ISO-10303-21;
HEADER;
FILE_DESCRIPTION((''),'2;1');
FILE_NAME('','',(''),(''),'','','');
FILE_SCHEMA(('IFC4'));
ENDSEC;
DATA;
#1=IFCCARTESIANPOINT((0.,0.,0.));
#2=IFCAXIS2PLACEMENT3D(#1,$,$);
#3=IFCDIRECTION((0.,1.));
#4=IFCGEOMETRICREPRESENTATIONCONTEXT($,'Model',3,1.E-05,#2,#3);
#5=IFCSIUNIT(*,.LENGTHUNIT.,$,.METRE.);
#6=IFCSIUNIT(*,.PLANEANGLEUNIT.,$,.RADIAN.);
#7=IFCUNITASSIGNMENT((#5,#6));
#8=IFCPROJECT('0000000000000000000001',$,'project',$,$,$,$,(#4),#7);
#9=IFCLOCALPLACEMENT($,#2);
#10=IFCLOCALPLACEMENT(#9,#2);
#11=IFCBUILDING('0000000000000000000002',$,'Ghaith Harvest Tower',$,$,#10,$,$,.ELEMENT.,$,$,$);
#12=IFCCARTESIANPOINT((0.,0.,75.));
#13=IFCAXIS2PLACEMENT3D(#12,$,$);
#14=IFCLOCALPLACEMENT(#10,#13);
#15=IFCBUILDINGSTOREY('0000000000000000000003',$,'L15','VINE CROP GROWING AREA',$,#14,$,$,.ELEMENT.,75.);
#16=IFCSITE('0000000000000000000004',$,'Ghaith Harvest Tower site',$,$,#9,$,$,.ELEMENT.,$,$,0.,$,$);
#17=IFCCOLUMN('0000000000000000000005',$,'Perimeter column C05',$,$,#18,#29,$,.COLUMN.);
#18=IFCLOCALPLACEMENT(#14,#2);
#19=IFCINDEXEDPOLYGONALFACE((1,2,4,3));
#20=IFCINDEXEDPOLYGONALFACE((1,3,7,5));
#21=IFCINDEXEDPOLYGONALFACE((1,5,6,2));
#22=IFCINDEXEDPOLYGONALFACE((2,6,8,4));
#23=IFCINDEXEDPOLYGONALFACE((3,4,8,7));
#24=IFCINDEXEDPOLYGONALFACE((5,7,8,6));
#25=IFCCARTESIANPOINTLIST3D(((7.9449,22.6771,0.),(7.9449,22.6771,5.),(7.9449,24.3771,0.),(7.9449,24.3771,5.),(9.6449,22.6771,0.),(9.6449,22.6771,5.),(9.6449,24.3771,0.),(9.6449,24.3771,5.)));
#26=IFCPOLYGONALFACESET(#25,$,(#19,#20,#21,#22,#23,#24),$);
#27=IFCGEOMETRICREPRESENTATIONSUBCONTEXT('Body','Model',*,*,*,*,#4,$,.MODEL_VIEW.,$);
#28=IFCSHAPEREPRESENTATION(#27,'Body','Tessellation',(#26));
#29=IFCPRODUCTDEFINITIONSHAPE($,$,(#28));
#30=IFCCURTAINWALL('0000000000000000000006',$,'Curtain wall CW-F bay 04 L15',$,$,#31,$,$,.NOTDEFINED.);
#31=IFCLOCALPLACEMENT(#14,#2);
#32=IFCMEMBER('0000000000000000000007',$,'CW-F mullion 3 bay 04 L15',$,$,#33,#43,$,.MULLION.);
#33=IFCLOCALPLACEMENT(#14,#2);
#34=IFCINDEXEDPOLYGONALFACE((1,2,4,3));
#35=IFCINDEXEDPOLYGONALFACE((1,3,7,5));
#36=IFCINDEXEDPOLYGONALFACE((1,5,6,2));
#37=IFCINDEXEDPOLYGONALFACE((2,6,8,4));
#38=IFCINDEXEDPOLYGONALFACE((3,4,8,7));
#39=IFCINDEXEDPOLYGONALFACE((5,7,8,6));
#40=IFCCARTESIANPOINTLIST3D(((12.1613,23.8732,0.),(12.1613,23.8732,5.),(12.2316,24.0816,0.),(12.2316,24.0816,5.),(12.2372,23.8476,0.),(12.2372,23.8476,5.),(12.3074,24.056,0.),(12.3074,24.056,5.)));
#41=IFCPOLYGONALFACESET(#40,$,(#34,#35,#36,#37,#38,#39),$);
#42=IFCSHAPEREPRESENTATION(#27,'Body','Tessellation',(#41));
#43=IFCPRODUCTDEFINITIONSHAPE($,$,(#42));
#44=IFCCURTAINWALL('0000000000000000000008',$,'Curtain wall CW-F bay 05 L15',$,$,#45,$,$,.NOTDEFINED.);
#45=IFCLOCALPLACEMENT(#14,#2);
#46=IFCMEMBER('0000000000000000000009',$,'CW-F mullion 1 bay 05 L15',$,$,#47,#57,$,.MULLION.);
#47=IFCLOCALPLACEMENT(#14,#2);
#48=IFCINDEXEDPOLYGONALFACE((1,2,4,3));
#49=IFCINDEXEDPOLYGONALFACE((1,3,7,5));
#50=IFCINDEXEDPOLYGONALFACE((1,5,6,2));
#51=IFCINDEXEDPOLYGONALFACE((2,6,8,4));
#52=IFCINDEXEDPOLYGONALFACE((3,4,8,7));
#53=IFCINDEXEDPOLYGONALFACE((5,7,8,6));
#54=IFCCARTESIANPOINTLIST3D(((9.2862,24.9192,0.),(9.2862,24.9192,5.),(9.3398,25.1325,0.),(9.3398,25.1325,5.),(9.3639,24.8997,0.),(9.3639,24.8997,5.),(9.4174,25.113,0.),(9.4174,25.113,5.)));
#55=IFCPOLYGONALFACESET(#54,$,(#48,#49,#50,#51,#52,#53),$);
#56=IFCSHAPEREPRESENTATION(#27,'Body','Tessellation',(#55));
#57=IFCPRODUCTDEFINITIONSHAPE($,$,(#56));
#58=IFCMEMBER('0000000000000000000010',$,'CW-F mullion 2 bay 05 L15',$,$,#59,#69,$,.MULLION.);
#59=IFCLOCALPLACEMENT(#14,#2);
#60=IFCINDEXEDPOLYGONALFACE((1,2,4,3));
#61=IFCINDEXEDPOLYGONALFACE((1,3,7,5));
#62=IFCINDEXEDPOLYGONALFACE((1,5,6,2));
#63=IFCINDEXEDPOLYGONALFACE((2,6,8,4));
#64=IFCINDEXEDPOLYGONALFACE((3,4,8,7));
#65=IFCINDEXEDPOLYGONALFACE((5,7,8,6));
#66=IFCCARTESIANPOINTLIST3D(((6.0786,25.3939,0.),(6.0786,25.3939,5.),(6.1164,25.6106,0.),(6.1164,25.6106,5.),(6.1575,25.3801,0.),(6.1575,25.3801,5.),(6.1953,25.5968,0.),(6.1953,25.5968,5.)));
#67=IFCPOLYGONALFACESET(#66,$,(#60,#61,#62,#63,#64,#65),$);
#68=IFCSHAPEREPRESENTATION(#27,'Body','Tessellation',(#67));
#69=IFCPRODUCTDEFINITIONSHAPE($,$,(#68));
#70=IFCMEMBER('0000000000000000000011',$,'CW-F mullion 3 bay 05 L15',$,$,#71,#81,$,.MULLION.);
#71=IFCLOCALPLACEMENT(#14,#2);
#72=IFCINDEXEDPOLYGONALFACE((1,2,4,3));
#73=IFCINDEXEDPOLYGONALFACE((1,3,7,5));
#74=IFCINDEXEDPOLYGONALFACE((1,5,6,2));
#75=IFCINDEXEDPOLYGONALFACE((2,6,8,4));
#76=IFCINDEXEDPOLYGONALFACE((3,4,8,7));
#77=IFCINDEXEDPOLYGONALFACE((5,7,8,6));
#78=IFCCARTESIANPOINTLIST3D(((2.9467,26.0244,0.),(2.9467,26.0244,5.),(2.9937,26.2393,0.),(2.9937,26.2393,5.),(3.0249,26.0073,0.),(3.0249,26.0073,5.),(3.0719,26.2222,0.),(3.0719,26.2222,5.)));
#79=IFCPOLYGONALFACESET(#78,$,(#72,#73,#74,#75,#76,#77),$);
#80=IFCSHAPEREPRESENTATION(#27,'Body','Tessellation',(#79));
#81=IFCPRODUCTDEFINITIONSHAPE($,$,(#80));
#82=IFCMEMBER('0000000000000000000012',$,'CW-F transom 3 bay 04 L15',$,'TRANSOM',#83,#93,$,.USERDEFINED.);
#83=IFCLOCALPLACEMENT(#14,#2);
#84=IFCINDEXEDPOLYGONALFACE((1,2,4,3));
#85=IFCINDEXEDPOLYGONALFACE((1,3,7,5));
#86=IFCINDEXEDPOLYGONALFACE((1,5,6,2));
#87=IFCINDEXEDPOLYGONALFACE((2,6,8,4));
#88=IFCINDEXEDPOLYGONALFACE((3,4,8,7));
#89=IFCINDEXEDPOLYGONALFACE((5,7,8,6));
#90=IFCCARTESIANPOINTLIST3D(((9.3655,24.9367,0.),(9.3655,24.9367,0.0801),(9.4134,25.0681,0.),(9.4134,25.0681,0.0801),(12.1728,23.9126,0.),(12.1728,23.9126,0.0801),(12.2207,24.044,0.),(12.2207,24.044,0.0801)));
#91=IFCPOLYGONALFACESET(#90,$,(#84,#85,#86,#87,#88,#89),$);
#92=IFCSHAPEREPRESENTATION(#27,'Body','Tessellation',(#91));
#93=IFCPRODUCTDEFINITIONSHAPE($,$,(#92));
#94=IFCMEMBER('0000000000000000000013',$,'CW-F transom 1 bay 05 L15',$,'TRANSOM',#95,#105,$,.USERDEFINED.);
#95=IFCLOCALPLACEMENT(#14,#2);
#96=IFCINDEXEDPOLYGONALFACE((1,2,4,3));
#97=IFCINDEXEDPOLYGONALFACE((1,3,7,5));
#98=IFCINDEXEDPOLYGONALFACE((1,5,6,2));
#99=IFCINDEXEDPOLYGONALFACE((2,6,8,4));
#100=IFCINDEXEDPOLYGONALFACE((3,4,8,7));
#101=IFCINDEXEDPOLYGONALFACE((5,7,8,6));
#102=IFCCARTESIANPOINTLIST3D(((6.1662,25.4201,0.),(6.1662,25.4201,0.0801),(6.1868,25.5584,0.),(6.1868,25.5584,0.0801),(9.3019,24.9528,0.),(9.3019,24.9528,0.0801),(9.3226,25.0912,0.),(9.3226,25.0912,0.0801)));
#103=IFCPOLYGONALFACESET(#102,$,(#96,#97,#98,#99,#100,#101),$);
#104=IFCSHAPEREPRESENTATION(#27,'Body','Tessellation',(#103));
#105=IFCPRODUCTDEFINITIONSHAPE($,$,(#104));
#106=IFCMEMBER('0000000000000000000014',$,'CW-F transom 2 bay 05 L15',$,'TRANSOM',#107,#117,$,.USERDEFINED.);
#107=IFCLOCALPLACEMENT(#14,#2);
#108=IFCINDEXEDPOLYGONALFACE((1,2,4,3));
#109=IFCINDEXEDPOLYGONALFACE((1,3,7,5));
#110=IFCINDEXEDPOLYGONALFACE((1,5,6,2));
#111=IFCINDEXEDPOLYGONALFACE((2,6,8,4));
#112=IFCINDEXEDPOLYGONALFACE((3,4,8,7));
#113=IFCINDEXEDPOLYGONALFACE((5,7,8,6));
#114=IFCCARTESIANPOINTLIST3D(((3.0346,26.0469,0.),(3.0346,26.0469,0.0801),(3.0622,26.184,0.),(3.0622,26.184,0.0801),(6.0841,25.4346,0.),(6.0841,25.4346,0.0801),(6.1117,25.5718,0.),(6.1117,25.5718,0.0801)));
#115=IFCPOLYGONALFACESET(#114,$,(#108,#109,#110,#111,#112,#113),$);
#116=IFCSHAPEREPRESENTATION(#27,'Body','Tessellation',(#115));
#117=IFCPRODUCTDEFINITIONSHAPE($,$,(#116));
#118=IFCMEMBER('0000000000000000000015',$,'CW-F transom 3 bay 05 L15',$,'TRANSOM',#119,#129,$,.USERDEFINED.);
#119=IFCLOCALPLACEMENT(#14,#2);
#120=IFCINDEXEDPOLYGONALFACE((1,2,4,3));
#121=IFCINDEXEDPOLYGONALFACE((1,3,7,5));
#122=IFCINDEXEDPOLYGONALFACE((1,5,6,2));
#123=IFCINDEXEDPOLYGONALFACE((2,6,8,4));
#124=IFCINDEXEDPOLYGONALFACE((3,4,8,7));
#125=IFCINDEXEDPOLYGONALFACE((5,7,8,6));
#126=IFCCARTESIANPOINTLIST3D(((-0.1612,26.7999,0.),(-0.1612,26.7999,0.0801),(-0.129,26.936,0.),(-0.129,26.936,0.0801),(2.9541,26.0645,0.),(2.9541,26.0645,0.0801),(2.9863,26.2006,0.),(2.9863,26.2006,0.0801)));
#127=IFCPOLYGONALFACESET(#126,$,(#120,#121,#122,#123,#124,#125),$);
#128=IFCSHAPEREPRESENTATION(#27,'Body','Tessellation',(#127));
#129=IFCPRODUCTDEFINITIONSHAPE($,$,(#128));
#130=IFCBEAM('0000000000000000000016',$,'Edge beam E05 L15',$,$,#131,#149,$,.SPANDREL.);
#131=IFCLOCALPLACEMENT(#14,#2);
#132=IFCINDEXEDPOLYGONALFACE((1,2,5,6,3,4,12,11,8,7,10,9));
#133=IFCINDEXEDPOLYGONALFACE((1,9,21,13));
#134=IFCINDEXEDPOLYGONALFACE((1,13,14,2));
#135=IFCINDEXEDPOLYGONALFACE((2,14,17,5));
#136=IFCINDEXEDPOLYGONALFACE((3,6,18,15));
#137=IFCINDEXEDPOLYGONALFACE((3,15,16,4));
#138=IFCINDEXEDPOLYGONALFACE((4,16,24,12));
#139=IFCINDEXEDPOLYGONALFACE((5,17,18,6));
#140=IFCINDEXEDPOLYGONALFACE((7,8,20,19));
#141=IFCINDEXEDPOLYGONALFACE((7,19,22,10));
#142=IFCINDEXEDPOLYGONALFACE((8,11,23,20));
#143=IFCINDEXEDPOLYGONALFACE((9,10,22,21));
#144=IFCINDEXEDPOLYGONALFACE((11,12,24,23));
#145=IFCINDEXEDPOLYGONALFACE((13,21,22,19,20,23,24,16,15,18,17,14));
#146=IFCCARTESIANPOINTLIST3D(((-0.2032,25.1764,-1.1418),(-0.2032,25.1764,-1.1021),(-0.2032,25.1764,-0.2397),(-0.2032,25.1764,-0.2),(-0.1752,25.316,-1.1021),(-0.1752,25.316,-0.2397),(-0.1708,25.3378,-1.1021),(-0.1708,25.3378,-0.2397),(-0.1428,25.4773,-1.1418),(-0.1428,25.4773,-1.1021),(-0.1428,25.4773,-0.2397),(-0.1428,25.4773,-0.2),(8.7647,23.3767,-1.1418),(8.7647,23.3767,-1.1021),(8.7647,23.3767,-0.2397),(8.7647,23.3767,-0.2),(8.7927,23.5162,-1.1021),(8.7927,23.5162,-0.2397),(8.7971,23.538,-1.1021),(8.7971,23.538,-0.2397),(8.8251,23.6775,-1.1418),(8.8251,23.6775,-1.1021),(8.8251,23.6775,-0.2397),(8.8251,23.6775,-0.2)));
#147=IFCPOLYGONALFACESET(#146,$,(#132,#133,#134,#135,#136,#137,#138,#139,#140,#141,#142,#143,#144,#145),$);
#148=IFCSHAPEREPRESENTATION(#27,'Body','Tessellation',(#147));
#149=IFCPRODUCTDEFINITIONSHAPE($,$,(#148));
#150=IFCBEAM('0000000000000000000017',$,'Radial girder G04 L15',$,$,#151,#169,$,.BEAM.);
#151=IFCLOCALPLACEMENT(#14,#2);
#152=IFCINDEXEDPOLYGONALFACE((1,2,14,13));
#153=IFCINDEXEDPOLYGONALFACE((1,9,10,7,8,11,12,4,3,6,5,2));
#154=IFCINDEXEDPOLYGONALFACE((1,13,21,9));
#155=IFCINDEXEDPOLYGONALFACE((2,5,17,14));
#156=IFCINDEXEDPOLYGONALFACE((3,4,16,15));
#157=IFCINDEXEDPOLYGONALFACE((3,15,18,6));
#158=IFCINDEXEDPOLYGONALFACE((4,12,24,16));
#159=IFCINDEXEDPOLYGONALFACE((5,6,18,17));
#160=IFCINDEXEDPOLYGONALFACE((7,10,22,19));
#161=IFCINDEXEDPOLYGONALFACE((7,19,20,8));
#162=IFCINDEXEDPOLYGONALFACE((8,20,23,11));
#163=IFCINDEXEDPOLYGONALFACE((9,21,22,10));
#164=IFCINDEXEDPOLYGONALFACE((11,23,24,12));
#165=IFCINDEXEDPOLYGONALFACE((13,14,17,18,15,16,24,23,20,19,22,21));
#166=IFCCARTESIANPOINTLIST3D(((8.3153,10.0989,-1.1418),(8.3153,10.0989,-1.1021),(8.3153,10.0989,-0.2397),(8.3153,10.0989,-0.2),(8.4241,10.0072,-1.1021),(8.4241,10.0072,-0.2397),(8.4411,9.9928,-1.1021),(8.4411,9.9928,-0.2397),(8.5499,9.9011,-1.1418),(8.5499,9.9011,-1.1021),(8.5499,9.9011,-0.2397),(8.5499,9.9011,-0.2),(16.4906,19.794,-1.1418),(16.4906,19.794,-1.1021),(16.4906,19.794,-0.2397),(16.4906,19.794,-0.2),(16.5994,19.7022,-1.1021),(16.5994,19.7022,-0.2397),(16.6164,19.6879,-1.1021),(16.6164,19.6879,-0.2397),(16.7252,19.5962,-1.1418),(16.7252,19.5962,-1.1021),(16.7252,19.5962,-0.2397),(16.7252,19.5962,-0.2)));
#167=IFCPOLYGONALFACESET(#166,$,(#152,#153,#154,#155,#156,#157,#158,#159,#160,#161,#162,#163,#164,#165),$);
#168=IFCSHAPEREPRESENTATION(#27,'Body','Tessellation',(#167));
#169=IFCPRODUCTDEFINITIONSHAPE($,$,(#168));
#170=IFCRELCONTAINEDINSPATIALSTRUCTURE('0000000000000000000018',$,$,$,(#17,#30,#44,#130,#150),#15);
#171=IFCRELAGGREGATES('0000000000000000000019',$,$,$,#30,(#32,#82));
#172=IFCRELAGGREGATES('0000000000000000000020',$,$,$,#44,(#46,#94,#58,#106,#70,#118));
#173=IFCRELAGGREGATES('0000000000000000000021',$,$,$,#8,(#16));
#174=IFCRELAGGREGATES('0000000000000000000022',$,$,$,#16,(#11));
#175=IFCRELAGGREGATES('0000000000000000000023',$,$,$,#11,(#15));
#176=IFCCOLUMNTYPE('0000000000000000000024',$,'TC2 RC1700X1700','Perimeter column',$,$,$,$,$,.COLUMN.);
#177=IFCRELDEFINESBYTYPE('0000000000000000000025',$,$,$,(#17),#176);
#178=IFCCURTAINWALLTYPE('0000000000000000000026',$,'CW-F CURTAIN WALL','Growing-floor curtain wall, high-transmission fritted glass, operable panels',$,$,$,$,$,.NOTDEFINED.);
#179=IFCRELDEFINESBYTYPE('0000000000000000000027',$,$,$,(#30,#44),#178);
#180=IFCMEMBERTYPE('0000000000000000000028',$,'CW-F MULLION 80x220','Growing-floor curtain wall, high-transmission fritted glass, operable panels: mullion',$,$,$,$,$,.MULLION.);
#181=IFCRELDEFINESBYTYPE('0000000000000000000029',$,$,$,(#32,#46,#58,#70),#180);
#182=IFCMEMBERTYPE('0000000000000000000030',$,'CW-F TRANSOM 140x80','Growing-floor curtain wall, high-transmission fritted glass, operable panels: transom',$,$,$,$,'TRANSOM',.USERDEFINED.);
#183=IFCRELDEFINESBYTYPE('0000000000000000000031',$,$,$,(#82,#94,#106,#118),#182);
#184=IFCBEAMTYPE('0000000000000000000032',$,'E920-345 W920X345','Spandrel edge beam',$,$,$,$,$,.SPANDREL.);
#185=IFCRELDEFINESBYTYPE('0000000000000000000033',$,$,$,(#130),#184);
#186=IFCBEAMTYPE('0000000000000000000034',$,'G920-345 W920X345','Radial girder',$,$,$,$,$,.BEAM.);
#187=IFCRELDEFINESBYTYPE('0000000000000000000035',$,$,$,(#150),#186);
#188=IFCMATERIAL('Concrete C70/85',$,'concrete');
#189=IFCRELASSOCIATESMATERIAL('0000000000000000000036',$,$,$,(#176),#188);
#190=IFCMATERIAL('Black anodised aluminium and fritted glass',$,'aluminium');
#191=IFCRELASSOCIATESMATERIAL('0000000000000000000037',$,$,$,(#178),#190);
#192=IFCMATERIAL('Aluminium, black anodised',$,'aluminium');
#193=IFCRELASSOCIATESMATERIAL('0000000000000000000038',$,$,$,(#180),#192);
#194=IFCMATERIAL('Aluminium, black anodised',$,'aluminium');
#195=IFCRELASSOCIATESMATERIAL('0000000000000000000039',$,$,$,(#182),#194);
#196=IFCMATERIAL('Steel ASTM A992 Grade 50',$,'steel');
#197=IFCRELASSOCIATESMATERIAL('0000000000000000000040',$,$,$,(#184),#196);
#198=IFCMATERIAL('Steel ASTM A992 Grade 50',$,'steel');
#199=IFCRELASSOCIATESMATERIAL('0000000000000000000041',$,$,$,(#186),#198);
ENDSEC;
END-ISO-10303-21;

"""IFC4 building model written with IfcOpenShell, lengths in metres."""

from ifc_helpers import new_model, si_unit, direction, frame, origin, origin_2d, place, context, subcontext, project, spatial, rectangle, i_section, extrude, material, material_profile, profile_set, type_object, element, aggregate, save


model = new_model("IFC4")

# Units and contexts
model_context = context("Model", 3, precision=1e-05, world=origin(), true_north=direction((0.0, 1.0)))
body_context = subcontext(model_context, "Body", "Model", "MODEL_VIEW")
ifc_project = project(units=[si_unit("LENGTHUNIT", "METRE"), si_unit("PLANEANGLEUNIT", "RADIAN")], contexts=[model_context])

# Site, building, storey
site_placement = place(None, origin())
site = spatial("IfcSite", under=ifc_project, at=site_placement, Name="Ghaith Harvest Tower site", CompositionType="ELEMENT", RefElevation=0.0)
building_placement = place(site_placement, origin())
building = spatial("IfcBuilding", under=site, at=building_placement, Name="Ghaith Harvest Tower", CompositionType="ELEMENT")
storey_placement = place(building_placement, frame((0.0, 0.0, 75.0)))
storey = spatial("IfcBuildingStorey", under=building, at=storey_placement, Name="L15", Description="VINE CROP GROWING AREA", CompositionType="ELEMENT", Elevation=75.0)

# Column
ifc_material_1 = material(Name="Concrete C70/85", Category="concrete")
ifc_material_profile_1 = material_profile(ifc_material_1, rectangle(XDim=1.7, YDim=1.7, at=origin_2d()), Name="RC1700X1700")
ifc_profile_set_1 = profile_set([ifc_material_profile_1], Name="Concrete C70/85")
column_type = type_object("IfcColumnType", Name="TC2 RC1700X1700", Description="Perimeter column", PredefinedType="COLUMN", material=ifc_profile_set_1)
column_placement = place(storey_placement, frame((8.7949, 23.5271, 0.0), z_axis=(0.0, 0.0, 1.0), x_axis=(1.0, 0.0, 0.0)))
element("IfcColumn", 1, at=column_placement, inside=storey, type_object=column_type, Name="Perimeter column C05", PredefinedType="COLUMN", context=body_context, shape_type="SweptSolid", body=[
    extrude(rectangle(XDim=1.7, YDim=1.7, at=origin_2d()), origin(), (0.0, 0.0, 1.0), 5.0),
])

# Curtain wall, member
ifc_material_2 = material(Name="Black anodised aluminium and fritted glass", Category="aluminium")
curtain_wall_type = type_object("IfcCurtainWallType", Name="CW-F CURTAIN WALL", Description="Growing-floor curtain wall, high-transmission fritted glass, operable panels", PredefinedType="NOTDEFINED", material=ifc_material_2)
curtain_wall_1_placement = place(storey_placement, origin())
curtain_wall_1 = element("IfcCurtainWall", 2, at=curtain_wall_1_placement, inside=storey, type_object=curtain_wall_type, Name="Curtain wall CW-F bay 04 L15", PredefinedType="NOTDEFINED")
ifc_material_3 = material(Name="Aluminium, black anodised", Category="aluminium")
ifc_material_profile_2 = material_profile(ifc_material_3, rectangle(XDim=0.0801, YDim=0.22, at=origin_2d()), Name="CW-F MULLION 80x220")
ifc_profile_set_2 = profile_set([ifc_material_profile_2], Name="Aluminium, black anodised")
member_type_1 = type_object("IfcMemberType", Name="CW-F MULLION 80x220", Description="Growing-floor curtain wall, high-transmission fritted glass, operable panels: mullion", PredefinedType="MULLION", material=ifc_profile_set_2)
member_1_placement = place(storey_placement, frame((12.2344, 23.9646, 0.0), z_axis=(0.0, 0.0, 1.0), x_axis=(-0.947653, 0.319301, 0.0)))
member_1 = element("IfcMember", 3, at=member_1_placement, type_object=member_type_1, Name="CW-F mullion 3 bay 04 L15", PredefinedType="MULLION", context=body_context, shape_type="SweptSolid", body=[
    extrude(rectangle(XDim=0.0801, YDim=0.22, at=origin_2d()), origin(), (0.0, 0.0, 1.0), 5.0),
])

# Curtain wall, members
curtain_wall_2_placement = place(storey_placement, origin())
curtain_wall_2 = element("IfcCurtainWall", 4, at=curtain_wall_2_placement, inside=storey, type_object=curtain_wall_type, Name="Curtain wall CW-F bay 05 L15", PredefinedType="NOTDEFINED")
member_2_placement = place(storey_placement, frame((9.3518, 25.0161, 0.0), z_axis=(0.0, 0.0, 1.0), x_axis=(-0.969903, 0.24349, 0.0)))
member_2 = element("IfcMember", 5, at=member_2_placement, type_object=member_type_1, Name="CW-F mullion 1 bay 05 L15", PredefinedType="MULLION", context=body_context, shape_type="SweptSolid", body=[
    extrude(rectangle(XDim=0.0801, YDim=0.22, at=origin_2d()), origin(), (0.0, 0.0, 1.0), 5.0),
])
member_3_placement = place(storey_placement, frame((6.137, 25.4954, 0.0), z_axis=(0.0, 0.0, 1.0), x_axis=(-0.985104, 0.171961, 0.0)))
member_3 = element("IfcMember", 6, at=member_3_placement, type_object=member_type_1, Name="CW-F mullion 2 bay 05 L15", PredefinedType="MULLION", context=body_context, shape_type="SweptSolid", body=[
    extrude(rectangle(XDim=0.0801, YDim=0.22, at=origin_2d()), origin(), (0.0, 0.0, 1.0), 5.0),
])
member_4_placement = place(storey_placement, frame((3.0093, 26.1233, 0.0), z_axis=(0.0, 0.0, 1.0), x_axis=(-0.976927, 0.213572, 0.0)))
member_4 = element("IfcMember", 7, at=member_4_placement, type_object=member_type_1, Name="CW-F mullion 3 bay 05 L15", PredefinedType="MULLION", context=body_context, shape_type="SweptSolid", body=[
    extrude(rectangle(XDim=0.0801, YDim=0.22, at=origin_2d()), origin(), (0.0, 0.0, 1.0), 5.0),
])

# Members
ifc_material_4 = material(Name="Aluminium, black anodised", Category="aluminium")
ifc_material_profile_3 = material_profile(ifc_material_4, rectangle(XDim=0.1399, YDim=0.0801, at=origin_2d()), Name="CW-F TRANSOM 140x80")
ifc_profile_set_3 = profile_set([ifc_material_profile_3], Name="Aluminium, black anodised")
member_type_2 = type_object("IfcMemberType", Name="CW-F TRANSOM 140x80", Description="Growing-floor curtain wall, high-transmission fritted glass, operable panels: transom", ElementType="TRANSOM", PredefinedType="USERDEFINED", material=ifc_profile_set_3)
member_5_placement = place(storey_placement, frame((12.1968, 23.9783, 0.04), z_axis=(-0.939438, 0.34272, 0.0), x_axis=(-0.34272, -0.939438, 0.0)))
member_5 = element("IfcMember", 8, at=member_5_placement, type_object=member_type_2, Name="CW-F transom 3 bay 04 L15", ObjectType="TRANSOM", PredefinedType="USERDEFINED", context=body_context, shape_type="SweptSolid", body=[
    extrude(rectangle(XDim=0.1399, YDim=0.0801, at=origin_2d()), origin(), (0.0, 0.0, 1.0), 2.9883),
])
member_6_placement = place(storey_placement, frame((9.3123, 25.022, 0.04), z_axis=(-0.989078, 0.147391, 0.0), x_axis=(-0.147391, -0.989078, 0.0)))
member_6 = element("IfcMember", 9, at=member_6_placement, type_object=member_type_2, Name="CW-F transom 1 bay 05 L15", ObjectType="TRANSOM", PredefinedType="USERDEFINED", context=body_context, shape_type="SweptSolid", body=[
    extrude(rectangle(XDim=0.1399, YDim=0.0801, at=origin_2d()), origin(), (0.0, 0.0, 1.0), 3.1704),
])
member_7_placement = place(storey_placement, frame((6.0979, 25.5032, 0.04), z_axis=(-0.980432, 0.196856, 0.0), x_axis=(-0.196856, -0.980432, 0.0)))
member_7 = element("IfcMember", 10, at=member_7_placement, type_object=member_type_2, Name="CW-F transom 2 bay 05 L15", ObjectType="TRANSOM", PredefinedType="USERDEFINED", context=body_context, shape_type="SweptSolid", body=[
    extrude(rectangle(XDim=0.1399, YDim=0.0801, at=origin_2d()), origin(), (0.0, 0.0, 1.0), 3.1104),
])
member_8_placement = place(storey_placement, frame((2.9702, 26.1326, 0.04), z_axis=(-0.973253, 0.229736, 0.0), x_axis=(-0.229736, -0.973253, 0.0)))
member_8 = element("IfcMember", 11, at=member_8_placement, type_object=member_type_2, Name="CW-F transom 3 bay 05 L15", ObjectType="TRANSOM", PredefinedType="USERDEFINED", context=body_context, shape_type="SweptSolid", body=[
    extrude(rectangle(XDim=0.1399, YDim=0.0801, at=origin_2d()), origin(), (0.0, 0.0, 1.0), 3.2009),
])

# Beams
ifc_material_5 = material(Name="Steel ASTM A992 Grade 50", Category="steel")
ifc_material_profile_4 = material_profile(ifc_material_5, i_section(OverallWidth=0.3069, OverallDepth=0.9419, WebThickness=0.0222, FlangeThickness=0.0398, at=origin_2d()), Name="W920X345")
ifc_profile_set_4 = profile_set([ifc_material_profile_4], Name="Steel ASTM A992 Grade 50")
beam_type_1 = type_object("IfcBeamType", Name="E920-345 W920X345", Description="Spandrel edge beam", PredefinedType="SPANDREL", material=ifc_profile_set_4)
beam_1_placement = place(storey_placement, frame((8.7949, 23.5271, -0.6709), z_axis=(-0.98045, 0.196768, 0.0), x_axis=(-0.196768, -0.98045, 0.0)))
element("IfcBeam", 12, at=beam_1_placement, inside=storey, type_object=beam_type_1, Name="Edge beam E05 L15", PredefinedType="SPANDREL", context=body_context, shape_type="SweptSolid", body=[
    extrude(i_section(OverallWidth=0.3069, OverallDepth=0.9419, WebThickness=0.0222, FlangeThickness=0.0398, at=origin_2d()), origin(), (0.0, 0.0, 1.0), 9.1467),
])
ifc_material_6 = material(Name="Steel ASTM A992 Grade 50", Category="steel")
ifc_material_profile_5 = material_profile(ifc_material_6, i_section(OverallWidth=0.3069, OverallDepth=0.9419, WebThickness=0.0222, FlangeThickness=0.0398, at=origin_2d()), Name="W920X345")
ifc_profile_set_5 = profile_set([ifc_material_profile_5], Name="Steel ASTM A992 Grade 50")
beam_type_2 = type_object("IfcBeamType", Name="G920-345 W920X345", Description="Radial girder", PredefinedType="BEAM", material=ifc_profile_set_5)
beam_2_placement = place(storey_placement, frame((8.4326, 10.0, -0.6709), z_axis=(0.644644, 0.764483, 0.0), x_axis=(-0.764483, 0.644644, 0.0)))
element("IfcBeam", 13, at=beam_2_placement, inside=storey, type_object=beam_type_2, Name="Radial girder G04 L15", PredefinedType="BEAM", context=body_context, shape_type="SweptSolid", body=[
    extrude(i_section(OverallWidth=0.3069, OverallDepth=0.9419, WebThickness=0.0222, FlangeThickness=0.0398, at=origin_2d()), origin(), (0.0, 0.0, 1.0), 12.6819),
])

aggregate(curtain_wall_1, [member_1, member_5])
aggregate(curtain_wall_2, [member_2, member_6, member_3, member_7, member_4, member_8])

save(model, "model.ifc")
